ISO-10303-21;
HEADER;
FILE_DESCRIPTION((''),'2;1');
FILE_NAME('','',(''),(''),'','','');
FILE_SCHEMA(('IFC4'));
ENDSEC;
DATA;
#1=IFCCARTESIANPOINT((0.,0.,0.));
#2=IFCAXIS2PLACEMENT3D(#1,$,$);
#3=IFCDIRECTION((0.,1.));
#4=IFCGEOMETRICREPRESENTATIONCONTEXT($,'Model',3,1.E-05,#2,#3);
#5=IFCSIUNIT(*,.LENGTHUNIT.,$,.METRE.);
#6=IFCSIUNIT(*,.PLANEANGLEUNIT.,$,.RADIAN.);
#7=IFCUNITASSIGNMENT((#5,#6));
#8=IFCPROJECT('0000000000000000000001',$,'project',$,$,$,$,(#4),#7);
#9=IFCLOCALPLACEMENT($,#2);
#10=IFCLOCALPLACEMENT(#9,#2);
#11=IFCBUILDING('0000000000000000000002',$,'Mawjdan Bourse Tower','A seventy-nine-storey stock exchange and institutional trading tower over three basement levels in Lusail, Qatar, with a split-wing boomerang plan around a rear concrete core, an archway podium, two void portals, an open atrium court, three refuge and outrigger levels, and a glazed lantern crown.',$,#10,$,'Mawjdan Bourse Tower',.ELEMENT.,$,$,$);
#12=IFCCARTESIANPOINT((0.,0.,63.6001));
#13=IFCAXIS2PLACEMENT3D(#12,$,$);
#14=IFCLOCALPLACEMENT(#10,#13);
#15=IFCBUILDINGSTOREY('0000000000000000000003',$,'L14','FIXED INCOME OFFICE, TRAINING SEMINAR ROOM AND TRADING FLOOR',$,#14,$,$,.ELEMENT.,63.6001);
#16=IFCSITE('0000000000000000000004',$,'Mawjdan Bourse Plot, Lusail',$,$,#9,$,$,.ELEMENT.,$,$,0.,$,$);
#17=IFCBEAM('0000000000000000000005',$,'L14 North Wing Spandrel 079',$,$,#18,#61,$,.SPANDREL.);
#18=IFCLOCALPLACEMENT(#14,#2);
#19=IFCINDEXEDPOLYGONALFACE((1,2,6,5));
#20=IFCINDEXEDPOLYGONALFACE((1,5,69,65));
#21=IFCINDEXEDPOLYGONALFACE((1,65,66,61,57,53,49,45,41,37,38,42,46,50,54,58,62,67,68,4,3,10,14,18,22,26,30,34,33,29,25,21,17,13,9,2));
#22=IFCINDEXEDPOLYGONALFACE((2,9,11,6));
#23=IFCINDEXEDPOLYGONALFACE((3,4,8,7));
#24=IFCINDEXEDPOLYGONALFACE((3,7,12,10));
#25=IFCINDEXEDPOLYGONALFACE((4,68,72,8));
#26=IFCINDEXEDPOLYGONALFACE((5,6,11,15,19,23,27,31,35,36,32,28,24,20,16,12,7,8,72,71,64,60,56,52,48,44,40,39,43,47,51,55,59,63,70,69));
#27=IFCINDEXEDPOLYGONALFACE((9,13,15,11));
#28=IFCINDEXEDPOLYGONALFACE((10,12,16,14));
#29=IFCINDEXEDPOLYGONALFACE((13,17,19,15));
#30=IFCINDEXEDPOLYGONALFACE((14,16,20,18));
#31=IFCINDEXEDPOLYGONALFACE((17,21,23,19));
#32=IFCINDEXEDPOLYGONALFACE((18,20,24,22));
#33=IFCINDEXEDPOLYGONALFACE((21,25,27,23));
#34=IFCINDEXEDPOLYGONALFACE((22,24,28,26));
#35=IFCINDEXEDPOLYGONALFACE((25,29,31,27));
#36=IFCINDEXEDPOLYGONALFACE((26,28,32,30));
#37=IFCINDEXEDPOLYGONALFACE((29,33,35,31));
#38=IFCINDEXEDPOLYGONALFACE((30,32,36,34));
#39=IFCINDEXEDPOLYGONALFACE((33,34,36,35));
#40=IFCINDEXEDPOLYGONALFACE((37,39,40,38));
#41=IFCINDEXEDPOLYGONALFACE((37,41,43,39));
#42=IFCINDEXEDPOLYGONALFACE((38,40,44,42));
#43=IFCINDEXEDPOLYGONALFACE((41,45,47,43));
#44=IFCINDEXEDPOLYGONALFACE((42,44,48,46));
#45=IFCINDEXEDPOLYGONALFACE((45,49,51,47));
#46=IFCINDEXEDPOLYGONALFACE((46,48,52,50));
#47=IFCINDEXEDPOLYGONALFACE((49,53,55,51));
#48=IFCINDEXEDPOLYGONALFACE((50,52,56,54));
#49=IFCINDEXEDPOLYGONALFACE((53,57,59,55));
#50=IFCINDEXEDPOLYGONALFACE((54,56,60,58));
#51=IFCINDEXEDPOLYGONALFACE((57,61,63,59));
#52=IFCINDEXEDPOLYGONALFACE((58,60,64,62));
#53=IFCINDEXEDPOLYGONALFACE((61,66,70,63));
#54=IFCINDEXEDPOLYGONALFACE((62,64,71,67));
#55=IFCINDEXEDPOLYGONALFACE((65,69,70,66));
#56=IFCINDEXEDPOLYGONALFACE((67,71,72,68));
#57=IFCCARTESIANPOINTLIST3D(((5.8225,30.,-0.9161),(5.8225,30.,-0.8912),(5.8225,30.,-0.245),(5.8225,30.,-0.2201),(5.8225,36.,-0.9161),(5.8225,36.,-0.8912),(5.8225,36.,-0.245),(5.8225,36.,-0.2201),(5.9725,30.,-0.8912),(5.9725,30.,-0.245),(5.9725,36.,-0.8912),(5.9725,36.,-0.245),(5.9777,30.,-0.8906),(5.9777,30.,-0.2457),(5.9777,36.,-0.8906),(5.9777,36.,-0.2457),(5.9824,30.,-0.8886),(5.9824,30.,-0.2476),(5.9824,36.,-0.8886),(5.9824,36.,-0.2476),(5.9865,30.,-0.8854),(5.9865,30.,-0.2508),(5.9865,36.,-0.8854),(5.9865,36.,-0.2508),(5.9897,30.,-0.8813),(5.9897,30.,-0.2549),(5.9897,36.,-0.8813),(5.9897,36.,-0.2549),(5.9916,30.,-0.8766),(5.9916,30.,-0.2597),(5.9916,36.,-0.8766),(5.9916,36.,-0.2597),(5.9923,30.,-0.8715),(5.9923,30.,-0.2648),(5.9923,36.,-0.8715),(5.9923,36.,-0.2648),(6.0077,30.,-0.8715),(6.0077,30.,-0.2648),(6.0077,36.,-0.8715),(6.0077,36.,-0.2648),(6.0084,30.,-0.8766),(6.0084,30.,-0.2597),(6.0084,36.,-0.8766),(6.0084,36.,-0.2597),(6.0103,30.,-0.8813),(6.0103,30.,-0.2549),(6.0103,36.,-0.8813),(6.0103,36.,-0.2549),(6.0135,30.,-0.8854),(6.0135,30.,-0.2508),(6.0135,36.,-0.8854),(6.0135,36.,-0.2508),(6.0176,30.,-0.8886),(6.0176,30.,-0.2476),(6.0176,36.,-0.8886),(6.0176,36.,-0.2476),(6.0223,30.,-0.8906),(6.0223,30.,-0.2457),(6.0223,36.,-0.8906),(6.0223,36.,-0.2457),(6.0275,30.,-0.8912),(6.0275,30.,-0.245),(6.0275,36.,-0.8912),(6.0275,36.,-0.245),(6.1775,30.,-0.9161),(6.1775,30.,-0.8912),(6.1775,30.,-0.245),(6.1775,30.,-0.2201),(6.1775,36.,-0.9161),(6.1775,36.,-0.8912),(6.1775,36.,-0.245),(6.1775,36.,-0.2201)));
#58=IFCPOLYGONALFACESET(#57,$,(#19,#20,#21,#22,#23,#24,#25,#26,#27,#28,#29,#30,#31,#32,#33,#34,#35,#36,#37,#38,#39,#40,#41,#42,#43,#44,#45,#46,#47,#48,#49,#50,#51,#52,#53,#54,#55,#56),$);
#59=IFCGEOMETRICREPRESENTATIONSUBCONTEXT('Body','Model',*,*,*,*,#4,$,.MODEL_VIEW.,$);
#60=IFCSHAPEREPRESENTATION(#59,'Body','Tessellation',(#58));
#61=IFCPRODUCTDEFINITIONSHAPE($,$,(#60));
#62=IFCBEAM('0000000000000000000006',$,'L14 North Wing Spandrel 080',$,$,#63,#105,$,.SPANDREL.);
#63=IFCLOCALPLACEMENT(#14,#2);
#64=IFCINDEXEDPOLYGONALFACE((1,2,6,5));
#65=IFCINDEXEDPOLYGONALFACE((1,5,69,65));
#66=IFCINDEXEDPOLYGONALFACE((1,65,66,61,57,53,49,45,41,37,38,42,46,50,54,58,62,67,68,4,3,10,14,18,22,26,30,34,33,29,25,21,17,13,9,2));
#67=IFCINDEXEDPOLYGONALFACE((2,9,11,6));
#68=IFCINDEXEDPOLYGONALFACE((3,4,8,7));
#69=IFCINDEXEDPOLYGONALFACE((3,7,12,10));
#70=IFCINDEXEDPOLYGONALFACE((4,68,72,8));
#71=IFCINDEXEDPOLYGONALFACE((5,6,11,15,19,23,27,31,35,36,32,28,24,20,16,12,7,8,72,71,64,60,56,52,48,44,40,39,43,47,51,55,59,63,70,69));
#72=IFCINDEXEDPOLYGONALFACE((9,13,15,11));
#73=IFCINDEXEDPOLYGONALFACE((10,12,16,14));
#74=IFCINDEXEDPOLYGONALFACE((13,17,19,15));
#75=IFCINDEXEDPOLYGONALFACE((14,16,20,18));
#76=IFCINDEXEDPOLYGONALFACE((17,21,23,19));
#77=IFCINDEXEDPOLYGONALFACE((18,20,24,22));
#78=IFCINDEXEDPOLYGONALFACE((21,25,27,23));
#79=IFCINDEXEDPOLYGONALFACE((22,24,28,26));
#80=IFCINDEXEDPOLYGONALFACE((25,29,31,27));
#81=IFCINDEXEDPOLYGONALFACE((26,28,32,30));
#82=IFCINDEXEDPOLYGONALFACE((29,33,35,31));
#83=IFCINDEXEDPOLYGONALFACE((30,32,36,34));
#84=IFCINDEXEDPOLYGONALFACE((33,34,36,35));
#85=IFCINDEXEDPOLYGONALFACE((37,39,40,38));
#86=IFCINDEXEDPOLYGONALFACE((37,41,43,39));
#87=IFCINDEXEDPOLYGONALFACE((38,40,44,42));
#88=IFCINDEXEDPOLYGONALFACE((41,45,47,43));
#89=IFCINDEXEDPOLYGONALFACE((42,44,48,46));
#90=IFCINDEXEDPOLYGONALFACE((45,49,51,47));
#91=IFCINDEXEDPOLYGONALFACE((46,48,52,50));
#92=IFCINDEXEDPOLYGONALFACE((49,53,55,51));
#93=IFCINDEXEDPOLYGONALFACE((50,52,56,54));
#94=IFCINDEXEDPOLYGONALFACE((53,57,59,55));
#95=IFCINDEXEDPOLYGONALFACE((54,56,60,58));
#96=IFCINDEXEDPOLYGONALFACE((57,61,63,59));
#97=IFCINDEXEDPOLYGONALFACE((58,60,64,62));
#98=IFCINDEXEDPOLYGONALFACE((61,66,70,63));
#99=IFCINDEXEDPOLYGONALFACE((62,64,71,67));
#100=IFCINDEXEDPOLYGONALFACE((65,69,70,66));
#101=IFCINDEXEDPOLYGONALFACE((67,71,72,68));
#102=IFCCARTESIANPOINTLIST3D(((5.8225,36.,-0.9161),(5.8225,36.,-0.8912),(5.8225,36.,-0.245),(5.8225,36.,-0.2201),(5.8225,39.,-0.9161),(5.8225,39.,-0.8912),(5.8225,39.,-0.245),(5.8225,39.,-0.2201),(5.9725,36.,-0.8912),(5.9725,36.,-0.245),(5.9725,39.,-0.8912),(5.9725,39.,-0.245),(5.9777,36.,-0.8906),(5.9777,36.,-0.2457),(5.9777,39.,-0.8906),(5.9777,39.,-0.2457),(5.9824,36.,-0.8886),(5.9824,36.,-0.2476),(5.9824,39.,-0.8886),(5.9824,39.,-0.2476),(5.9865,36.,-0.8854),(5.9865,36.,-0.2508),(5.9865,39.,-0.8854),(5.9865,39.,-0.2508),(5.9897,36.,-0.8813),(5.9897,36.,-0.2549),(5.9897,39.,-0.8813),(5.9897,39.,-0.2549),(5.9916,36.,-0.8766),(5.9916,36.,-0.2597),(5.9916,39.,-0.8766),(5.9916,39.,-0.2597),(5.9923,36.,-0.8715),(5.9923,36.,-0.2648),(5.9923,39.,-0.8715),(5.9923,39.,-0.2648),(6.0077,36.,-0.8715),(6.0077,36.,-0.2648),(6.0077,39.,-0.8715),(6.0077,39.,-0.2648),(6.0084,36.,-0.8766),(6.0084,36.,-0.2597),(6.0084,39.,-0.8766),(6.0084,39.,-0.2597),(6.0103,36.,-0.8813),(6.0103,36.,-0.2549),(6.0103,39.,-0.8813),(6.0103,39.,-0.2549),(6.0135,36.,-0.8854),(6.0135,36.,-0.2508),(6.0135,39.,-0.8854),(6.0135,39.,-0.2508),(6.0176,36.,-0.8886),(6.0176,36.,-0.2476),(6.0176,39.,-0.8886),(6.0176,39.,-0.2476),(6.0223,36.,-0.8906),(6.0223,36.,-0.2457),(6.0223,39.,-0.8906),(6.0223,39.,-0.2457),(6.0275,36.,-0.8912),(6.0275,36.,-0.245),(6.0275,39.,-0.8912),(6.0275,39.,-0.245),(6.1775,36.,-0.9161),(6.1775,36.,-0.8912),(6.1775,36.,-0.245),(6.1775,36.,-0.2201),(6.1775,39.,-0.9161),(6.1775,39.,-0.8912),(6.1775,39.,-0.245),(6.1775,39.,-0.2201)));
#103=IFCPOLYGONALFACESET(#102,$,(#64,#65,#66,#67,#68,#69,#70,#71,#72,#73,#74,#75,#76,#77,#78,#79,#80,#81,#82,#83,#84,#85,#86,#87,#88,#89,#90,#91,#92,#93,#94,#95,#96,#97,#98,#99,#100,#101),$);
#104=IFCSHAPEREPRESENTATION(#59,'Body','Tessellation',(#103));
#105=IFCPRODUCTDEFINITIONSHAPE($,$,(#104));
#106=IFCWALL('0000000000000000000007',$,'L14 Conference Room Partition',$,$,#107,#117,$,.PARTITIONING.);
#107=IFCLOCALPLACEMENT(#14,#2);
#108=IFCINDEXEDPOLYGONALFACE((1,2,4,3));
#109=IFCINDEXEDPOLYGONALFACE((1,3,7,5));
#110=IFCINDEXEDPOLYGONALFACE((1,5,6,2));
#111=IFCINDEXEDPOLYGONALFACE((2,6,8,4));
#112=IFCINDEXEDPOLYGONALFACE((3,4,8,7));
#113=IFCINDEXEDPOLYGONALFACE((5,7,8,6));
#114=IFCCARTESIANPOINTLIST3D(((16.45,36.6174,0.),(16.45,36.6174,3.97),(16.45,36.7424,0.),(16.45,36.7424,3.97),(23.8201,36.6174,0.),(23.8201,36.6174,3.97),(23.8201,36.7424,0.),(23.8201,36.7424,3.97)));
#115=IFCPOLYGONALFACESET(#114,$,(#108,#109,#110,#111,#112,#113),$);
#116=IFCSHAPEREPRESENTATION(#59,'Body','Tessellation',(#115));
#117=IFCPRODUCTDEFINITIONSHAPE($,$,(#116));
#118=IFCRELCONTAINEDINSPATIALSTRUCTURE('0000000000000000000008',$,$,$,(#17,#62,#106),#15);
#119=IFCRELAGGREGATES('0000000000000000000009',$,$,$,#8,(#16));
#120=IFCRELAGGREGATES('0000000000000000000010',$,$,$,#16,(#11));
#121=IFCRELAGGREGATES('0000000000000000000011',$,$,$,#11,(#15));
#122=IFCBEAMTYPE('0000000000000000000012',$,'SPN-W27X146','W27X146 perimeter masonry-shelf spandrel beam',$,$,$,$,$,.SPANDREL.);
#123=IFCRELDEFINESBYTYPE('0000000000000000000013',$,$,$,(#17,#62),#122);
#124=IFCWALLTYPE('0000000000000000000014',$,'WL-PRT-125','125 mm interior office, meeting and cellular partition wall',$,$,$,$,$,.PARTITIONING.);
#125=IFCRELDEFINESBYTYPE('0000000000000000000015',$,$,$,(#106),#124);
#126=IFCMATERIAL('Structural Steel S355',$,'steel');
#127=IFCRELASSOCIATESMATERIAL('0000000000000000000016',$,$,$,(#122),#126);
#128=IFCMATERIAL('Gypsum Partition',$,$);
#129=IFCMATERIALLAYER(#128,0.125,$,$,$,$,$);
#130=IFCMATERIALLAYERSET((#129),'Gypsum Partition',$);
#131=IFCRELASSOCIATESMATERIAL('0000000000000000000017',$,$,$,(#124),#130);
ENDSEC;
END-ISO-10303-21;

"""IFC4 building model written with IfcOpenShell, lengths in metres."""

from ifc_helpers import new_model, si_unit, direction, frame, frame_2d, origin, origin_2d, place, context, subcontext, project, spatial, rectangle, i_section, extrude, material, layer, layer_set, material_profile, profile_set, type_object, element, save


model = new_model("IFC4")

# Units and contexts
model_context = context("Model", 3, precision=1e-05, world=origin(), true_north=direction((0.0, 1.0)))
body_context = subcontext(model_context, "Body", "Model", "MODEL_VIEW")
ifc_project = project(units=[si_unit("LENGTHUNIT", "METRE"), si_unit("PLANEANGLEUNIT", "RADIAN")], contexts=[model_context])

# Site, building, storey
site_placement = place(None, origin())
site = spatial("IfcSite", under=ifc_project, at=site_placement, Name="Mawjdan Bourse Plot, Lusail", CompositionType="ELEMENT", RefElevation=0.0)
building_placement = place(site_placement, origin())
building = spatial("IfcBuilding", under=site, at=building_placement, Name="Mawjdan Bourse Tower", Description="A seventy-nine-storey stock exchange and institutional trading tower over three basement levels in Lusail, Qatar, with a split-wing boomerang plan around a rear concrete core, an archway podium, two void portals, an open atrium court, three refuge and outrigger levels, and a glazed lantern crown.", LongName="Mawjdan Bourse Tower", CompositionType="ELEMENT")
storey_placement = place(building_placement, frame((0.0, 0.0, 63.6001)))
storey = spatial("IfcBuildingStorey", under=building, at=storey_placement, Name="L14", Description="FIXED INCOME OFFICE, TRAINING SEMINAR ROOM AND TRADING FLOOR", CompositionType="ELEMENT", Elevation=63.6001)

# Beams
ifc_material_1 = material(Name="Structural Steel S355", Category="steel")
ifc_material_profile_1 = material_profile(ifc_material_1, i_section(OverallWidth=0.355, OverallDepth=0.696, WebThickness=0.0154, FlangeThickness=0.0249, FilletRadius=0.0198, at=origin_2d()), Name="W27X146")
ifc_profile_set_1 = profile_set([ifc_material_profile_1], Name="Structural Steel S355")
beam_type_1 = type_object("IfcBeamType", Name="SPN-W27X146", Description="W27X146 perimeter masonry-shelf spandrel beam", PredefinedType="SPANDREL", material=ifc_profile_set_1)
beam_1_placement = place(storey_placement, frame((6.0, 30.0, -0.5681), z_axis=(0.0, 1.0, 0.0), x_axis=(-1.0, 0.0, 0.0)))
element("IfcBeam", 1, at=beam_1_placement, inside=storey, type_object=beam_type_1, Name="L14 North Wing Spandrel 079", PredefinedType="SPANDREL", context=body_context, shape_type="SweptSolid", body=[
    extrude(i_section(OverallWidth=0.355, OverallDepth=0.696, WebThickness=0.0154, FlangeThickness=0.0249, FilletRadius=0.0198, at=origin_2d()), origin(), (0.0, 0.0, 1.0), 6.0),
])
beam_2_placement = place(storey_placement, frame((6.0, 36.0, -0.5681), z_axis=(0.0, 1.0, 0.0), x_axis=(-1.0, 0.0, 0.0)))
element("IfcBeam", 2, at=beam_2_placement, inside=storey, type_object=beam_type_1, Name="L14 North Wing Spandrel 080", PredefinedType="SPANDREL", context=body_context, shape_type="SweptSolid", body=[
    extrude(i_section(OverallWidth=0.355, OverallDepth=0.696, WebThickness=0.0154, FlangeThickness=0.0249, FilletRadius=0.0198, at=origin_2d()), origin(), (0.0, 0.0, 1.0), 3.0),
])

# Wall
ifc_material_2 = material(Name="Gypsum Partition")
ifc_layer_1 = layer(ifc_material_2, 0.125)
ifc_layer_set_1 = layer_set([ifc_layer_1], Name="Gypsum Partition")
wall_type_1 = type_object("IfcWallType", Name="WL-PRT-125", Description="125 mm interior office, meeting and cellular partition wall", PredefinedType="PARTITIONING", material=ifc_layer_set_1)
wall_1_placement = place(storey_placement, frame((16.45, 36.6799, 0.0), z_axis=(0.0, 0.0, 1.0), x_axis=(1.0, 0.0, 0.0)))
element("IfcWall", 3, at=wall_1_placement, inside=storey, type_object=wall_type_1, Name="L14 Conference Room Partition", PredefinedType="PARTITIONING", context=body_context, shape_type="SweptSolid", body=[
    extrude(rectangle(XDim=7.3701, YDim=0.125, at=frame_2d((3.6851, 0.0))), origin(), (0.0, 0.0, 1.0), 3.97),
])

save(model, "model.ifc")
